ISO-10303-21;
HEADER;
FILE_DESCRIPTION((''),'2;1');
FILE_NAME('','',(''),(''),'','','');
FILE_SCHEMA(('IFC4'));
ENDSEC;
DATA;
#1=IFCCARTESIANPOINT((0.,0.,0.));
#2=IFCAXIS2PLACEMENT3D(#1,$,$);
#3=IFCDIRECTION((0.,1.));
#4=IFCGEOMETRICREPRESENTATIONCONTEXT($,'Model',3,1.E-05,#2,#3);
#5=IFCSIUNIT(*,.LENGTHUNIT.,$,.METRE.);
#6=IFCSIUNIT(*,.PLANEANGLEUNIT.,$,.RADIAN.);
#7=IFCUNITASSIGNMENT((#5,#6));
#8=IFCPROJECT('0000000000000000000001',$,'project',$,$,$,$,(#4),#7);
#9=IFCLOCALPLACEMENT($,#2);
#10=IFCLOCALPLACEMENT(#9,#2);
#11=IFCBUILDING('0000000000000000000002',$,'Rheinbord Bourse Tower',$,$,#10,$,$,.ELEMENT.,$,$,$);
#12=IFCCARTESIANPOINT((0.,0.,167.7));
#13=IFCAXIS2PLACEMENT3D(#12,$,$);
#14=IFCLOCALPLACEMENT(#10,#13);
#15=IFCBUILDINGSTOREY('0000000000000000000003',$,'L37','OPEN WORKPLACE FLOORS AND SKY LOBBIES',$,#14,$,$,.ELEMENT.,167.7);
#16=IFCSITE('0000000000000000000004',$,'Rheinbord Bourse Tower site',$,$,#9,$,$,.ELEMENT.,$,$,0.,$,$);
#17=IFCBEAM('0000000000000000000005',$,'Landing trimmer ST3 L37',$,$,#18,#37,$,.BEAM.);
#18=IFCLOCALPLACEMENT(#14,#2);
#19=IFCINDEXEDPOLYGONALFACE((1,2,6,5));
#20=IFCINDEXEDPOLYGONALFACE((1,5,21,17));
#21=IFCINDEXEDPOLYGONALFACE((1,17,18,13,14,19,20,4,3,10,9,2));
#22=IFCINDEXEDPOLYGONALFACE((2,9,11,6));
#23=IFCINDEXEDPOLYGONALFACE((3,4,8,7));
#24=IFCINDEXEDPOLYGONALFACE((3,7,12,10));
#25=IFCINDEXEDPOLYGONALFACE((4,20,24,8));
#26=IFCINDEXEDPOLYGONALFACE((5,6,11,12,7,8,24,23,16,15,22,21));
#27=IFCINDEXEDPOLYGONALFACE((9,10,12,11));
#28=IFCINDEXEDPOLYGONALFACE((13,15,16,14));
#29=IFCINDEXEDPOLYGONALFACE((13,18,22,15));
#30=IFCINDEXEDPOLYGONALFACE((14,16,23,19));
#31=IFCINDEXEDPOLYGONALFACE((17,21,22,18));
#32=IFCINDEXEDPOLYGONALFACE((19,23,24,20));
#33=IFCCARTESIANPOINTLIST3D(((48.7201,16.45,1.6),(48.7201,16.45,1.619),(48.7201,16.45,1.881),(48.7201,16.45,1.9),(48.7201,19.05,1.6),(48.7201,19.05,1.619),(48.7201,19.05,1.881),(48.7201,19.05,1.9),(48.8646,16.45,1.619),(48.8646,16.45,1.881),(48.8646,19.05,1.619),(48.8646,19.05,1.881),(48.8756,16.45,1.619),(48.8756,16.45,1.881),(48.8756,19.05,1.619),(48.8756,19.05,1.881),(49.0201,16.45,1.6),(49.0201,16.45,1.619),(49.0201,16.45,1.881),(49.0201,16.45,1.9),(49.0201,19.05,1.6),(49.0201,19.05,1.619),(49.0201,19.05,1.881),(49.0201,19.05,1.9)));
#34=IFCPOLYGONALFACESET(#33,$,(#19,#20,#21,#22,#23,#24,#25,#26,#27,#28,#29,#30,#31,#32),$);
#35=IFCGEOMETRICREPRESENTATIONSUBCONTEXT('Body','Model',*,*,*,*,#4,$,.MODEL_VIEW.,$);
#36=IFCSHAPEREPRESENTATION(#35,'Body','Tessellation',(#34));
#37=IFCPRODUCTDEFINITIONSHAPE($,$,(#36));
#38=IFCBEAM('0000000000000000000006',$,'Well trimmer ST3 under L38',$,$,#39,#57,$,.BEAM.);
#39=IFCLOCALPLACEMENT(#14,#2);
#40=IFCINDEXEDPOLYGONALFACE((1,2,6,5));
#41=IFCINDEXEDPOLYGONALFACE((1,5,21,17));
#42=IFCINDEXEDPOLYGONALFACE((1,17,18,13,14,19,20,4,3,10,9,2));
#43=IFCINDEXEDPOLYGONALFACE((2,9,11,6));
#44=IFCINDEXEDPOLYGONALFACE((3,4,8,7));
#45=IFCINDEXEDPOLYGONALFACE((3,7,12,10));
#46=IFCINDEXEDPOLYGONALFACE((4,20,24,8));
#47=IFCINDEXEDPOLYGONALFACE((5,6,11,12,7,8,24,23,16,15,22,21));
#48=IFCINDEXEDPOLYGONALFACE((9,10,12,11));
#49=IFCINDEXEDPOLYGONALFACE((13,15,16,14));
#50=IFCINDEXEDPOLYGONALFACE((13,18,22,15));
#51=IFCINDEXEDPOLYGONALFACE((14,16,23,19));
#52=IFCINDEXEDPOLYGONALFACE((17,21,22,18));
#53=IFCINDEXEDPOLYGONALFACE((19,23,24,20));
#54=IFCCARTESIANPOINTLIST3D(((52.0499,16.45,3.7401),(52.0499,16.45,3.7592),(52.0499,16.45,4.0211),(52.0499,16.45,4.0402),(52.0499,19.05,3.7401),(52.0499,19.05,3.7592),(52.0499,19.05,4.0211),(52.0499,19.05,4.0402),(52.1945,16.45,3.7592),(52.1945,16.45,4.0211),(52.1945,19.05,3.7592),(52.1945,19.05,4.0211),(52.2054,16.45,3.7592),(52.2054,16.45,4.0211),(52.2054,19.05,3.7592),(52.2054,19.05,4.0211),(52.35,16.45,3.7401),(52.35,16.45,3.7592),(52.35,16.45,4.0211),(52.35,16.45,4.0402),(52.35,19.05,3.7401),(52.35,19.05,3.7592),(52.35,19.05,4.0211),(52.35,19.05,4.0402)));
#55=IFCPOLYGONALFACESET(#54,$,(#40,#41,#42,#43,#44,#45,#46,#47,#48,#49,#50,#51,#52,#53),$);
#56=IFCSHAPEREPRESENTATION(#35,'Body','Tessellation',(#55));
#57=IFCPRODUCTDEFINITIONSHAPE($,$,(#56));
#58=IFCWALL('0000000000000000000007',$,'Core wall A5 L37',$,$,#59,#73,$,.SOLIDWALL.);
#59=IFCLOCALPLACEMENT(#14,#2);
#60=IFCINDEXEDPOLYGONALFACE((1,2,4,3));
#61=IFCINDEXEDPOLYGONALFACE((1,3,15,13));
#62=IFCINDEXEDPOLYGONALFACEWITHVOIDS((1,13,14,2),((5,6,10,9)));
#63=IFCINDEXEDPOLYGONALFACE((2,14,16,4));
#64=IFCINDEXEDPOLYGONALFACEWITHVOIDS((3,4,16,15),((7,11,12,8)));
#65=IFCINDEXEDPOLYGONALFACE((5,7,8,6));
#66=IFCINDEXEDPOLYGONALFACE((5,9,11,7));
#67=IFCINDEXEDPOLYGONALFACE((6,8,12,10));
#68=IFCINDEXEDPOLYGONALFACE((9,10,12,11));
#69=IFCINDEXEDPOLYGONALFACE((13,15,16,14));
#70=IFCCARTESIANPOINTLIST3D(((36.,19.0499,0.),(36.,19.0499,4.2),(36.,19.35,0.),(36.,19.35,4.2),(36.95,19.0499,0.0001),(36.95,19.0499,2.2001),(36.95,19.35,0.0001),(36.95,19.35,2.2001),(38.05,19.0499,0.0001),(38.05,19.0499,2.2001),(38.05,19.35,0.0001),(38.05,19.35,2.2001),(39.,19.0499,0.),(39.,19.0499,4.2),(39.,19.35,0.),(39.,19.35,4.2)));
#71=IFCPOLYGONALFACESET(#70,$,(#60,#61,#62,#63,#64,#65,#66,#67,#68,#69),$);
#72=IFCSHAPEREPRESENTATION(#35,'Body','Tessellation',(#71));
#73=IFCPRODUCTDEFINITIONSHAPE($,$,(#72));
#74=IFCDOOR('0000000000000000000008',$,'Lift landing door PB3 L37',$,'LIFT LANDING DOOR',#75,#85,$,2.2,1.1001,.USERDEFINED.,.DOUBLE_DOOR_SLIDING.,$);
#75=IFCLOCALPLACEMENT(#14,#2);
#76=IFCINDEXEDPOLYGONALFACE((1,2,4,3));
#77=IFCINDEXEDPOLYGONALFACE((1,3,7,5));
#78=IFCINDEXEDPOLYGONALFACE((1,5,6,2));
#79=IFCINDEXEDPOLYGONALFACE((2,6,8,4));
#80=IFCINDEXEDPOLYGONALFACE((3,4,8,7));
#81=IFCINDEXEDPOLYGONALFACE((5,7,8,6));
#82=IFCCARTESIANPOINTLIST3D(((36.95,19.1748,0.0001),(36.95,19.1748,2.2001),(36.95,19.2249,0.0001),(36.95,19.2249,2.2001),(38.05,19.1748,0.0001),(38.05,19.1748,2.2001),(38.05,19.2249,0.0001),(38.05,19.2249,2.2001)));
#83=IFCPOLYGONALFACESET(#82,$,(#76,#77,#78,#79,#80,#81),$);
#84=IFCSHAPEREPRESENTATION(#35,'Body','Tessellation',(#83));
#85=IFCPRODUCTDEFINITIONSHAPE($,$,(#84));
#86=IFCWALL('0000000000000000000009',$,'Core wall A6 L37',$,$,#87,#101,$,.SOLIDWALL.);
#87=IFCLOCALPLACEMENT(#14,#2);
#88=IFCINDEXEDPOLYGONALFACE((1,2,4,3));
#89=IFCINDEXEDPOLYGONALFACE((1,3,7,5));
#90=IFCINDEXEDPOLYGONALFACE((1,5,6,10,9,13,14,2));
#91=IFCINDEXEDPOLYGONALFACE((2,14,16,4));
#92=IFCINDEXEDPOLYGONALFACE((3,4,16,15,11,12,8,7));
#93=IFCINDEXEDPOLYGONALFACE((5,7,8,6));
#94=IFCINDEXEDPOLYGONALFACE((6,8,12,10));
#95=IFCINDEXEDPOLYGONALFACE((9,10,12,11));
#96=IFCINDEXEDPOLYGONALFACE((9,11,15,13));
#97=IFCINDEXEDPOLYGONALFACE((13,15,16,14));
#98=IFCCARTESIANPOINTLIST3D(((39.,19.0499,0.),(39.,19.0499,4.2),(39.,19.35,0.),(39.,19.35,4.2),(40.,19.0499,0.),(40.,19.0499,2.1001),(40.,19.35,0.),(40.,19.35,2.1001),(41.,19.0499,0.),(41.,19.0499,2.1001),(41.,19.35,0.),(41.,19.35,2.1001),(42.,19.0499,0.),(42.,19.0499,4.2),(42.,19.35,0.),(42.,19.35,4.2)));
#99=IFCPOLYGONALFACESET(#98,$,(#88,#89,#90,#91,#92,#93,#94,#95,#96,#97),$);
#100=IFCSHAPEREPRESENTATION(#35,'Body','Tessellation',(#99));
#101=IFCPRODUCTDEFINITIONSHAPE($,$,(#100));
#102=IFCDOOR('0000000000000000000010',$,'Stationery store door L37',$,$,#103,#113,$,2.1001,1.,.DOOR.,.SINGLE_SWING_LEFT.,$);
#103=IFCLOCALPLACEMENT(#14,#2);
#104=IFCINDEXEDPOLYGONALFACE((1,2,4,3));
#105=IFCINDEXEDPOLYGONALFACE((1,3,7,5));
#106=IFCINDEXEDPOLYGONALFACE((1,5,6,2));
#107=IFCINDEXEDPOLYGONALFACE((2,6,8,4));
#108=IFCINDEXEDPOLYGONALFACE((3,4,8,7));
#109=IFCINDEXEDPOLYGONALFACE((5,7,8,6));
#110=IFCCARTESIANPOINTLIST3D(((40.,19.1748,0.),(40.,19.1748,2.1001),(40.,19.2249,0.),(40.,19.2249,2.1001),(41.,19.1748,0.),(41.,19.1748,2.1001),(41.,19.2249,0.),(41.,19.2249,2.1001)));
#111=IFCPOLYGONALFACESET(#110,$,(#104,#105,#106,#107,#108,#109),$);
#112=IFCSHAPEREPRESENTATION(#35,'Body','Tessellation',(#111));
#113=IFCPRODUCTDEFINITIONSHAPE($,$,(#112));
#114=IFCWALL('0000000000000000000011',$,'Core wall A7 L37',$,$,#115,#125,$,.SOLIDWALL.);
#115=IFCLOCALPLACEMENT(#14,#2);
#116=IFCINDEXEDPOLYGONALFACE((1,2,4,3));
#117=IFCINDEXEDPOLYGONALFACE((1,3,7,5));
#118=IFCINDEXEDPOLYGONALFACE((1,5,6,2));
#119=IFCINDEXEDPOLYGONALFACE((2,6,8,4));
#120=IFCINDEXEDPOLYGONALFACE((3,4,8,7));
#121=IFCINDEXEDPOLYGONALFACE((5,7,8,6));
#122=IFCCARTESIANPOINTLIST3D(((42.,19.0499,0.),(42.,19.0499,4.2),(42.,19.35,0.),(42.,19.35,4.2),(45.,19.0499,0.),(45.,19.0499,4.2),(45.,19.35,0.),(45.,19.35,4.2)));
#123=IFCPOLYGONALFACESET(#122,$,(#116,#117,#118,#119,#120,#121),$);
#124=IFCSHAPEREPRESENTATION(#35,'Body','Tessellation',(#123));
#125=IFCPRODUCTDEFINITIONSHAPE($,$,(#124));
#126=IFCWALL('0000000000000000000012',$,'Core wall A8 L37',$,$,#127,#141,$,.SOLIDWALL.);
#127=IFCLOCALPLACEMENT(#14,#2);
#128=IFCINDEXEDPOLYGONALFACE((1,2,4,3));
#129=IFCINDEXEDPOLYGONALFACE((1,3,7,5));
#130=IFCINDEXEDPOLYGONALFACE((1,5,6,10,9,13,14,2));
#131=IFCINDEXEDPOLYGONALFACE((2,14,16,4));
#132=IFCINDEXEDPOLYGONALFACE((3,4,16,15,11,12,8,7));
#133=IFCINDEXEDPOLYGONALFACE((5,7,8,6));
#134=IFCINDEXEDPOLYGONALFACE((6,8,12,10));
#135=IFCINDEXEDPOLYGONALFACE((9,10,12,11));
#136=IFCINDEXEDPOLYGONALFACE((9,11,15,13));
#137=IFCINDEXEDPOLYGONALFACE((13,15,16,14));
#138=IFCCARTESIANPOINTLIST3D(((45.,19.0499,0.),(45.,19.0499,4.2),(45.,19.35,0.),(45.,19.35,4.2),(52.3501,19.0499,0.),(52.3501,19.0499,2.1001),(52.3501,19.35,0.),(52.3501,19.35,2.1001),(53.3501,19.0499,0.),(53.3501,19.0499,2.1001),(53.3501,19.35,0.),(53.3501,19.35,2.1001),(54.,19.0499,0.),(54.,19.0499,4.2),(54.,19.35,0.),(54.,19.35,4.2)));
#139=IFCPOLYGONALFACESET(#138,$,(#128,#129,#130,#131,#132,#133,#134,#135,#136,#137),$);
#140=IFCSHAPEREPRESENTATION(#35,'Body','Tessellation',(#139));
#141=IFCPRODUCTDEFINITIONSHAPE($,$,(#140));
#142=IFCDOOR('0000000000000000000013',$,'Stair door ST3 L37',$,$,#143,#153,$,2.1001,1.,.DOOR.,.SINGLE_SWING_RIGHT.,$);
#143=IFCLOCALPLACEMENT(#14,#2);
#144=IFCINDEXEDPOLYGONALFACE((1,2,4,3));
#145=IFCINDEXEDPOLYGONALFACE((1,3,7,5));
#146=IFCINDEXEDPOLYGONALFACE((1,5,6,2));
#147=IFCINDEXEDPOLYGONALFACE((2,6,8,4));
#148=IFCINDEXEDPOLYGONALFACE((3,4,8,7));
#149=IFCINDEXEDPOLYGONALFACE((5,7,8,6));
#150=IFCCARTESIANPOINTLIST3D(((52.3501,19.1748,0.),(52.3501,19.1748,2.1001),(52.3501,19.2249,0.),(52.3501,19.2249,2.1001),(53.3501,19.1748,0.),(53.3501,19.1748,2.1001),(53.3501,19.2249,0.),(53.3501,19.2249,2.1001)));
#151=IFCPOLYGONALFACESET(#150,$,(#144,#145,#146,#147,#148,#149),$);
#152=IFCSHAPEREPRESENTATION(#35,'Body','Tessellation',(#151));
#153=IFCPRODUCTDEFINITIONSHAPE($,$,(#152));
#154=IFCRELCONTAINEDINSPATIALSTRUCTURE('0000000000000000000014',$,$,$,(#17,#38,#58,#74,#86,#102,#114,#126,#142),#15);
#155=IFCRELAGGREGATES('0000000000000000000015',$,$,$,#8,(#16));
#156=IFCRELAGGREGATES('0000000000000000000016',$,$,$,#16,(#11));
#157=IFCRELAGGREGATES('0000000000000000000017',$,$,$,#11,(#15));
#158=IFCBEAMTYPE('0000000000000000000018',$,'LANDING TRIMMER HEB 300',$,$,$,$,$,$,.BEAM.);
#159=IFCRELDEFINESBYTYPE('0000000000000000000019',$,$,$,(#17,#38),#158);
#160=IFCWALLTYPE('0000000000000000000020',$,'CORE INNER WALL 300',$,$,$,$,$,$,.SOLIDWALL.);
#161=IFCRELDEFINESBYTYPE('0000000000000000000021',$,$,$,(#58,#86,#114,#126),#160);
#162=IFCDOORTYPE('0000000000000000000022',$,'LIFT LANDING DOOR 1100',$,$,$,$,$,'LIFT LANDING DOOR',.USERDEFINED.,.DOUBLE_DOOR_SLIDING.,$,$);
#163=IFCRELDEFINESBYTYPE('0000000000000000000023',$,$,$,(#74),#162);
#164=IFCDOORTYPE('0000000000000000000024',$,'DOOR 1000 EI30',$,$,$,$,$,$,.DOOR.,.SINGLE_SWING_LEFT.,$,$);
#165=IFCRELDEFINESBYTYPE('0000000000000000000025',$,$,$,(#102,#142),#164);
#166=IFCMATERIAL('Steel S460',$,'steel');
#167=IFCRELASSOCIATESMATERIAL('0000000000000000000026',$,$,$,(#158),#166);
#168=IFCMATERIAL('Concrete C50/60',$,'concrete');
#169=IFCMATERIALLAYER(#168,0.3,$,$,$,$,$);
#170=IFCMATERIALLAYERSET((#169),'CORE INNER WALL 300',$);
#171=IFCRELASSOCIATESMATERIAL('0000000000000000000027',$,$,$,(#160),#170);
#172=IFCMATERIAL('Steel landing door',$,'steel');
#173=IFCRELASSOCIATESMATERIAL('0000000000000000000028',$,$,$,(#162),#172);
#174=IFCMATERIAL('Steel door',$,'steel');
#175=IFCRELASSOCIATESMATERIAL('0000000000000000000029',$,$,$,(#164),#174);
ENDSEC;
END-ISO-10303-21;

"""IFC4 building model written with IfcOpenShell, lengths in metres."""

from ifc_helpers import new_model, si_unit, direction, frame, frame_2d, origin, origin_2d, place, context, subcontext, project, spatial, rectangle, i_section, extrude, material, layer, layer_set, material_profile, profile_set, type_object, element, fill, save


model = new_model("IFC4")

# Units and contexts
model_context = context("Model", 3, precision=1e-05, world=origin(), true_north=direction((0.0, 1.0)))
body_context = subcontext(model_context, "Body", "Model", "MODEL_VIEW")
ifc_project = project(units=[si_unit("LENGTHUNIT", "METRE"), si_unit("PLANEANGLEUNIT", "RADIAN")], contexts=[model_context])

# Site, building, storey
site_placement = place(None, origin())
site = spatial("IfcSite", under=ifc_project, at=site_placement, Name="Rheinbord Bourse Tower site", CompositionType="ELEMENT", RefElevation=0.0)
building_placement = place(site_placement, origin())
building = spatial("IfcBuilding", under=site, at=building_placement, Name="Rheinbord Bourse Tower", CompositionType="ELEMENT")
storey_placement = place(building_placement, frame((0.0, 0.0, 167.7)))
storey = spatial("IfcBuildingStorey", under=building, at=storey_placement, Name="L37", Description="OPEN WORKPLACE FLOORS AND SKY LOBBIES", CompositionType="ELEMENT", Elevation=167.7)

# Beams
ifc_material_1 = material(Name="Steel S460", Category="steel")
ifc_material_profile = material_profile(ifc_material_1, i_section(OverallWidth=0.3, OverallDepth=0.3, WebThickness=0.011, FlangeThickness=0.019, at=origin_2d()), Name="HEB 300")
ifc_profile_set = profile_set([ifc_material_profile], Name="Steel S460")
beam_type = type_object("IfcBeamType", Name="LANDING TRIMMER HEB 300", PredefinedType="BEAM", material=ifc_profile_set)
for number, where, z_axis, x_axis, name in (
    (1, (48.8701, 16.45, 1.75), (0.0, 1.0, 0.0), (-1.0, 0.0, 0.0), "Landing trimmer ST3 L37"),
    (2, (52.2, 16.45, 3.8901), (0.0, 1.0, 0.0), (-1.0, 0.0, 0.0), "Well trimmer ST3 under L38"),
):
    element("IfcBeam", number, at=place(storey_placement, frame(where, z_axis=z_axis, x_axis=x_axis)), inside=storey, type_object=beam_type, Name=name, PredefinedType="BEAM", context=body_context, shape_type="SweptSolid", body=[
        extrude(i_section(OverallWidth=0.3, OverallDepth=0.3, WebThickness=0.011, FlangeThickness=0.019, at=origin_2d()), origin(), (0.0, 0.0, 1.0), 2.6001),
    ])

# Walls, openings, doors
ifc_material_2 = material(Name="Concrete C50/60", Category="concrete")
ifc_layer_1 = layer(ifc_material_2, 0.3)
ifc_layer_set_1 = layer_set([ifc_layer_1], Name="CORE INNER WALL 300")
wall_type_1 = type_object("IfcWallType", Name="CORE INNER WALL 300", PredefinedType="SOLIDWALL", material=ifc_layer_set_1)
wall_1_placement = place(storey_placement, frame((36.0, 19.2, 0.0), z_axis=(0.0, 0.0, 1.0), x_axis=(1.0, 0.0, 0.0)))
wall_1 = element("IfcWall", 3, at=wall_1_placement, inside=storey, type_object=wall_type_1, Name="Core wall A5 L37", PredefinedType="SOLIDWALL", context=body_context, shape_type="SweptSolid", body=[
    extrude(rectangle(XDim=3.0, YDim=0.3, at=frame_2d((1.5, 0.0))), origin(), (0.0, 0.0, 1.0), 4.2),
])
opening_1_placement = place(wall_1_placement, frame((0.95, 0.0, 0.0)))
opening_1 = element("IfcOpeningElement", 4, at=opening_1_placement, cuts=wall_1, PredefinedType="OPENING", context=body_context, shape_type="SweptSolid", body=[
    extrude(rectangle(XDim=1.1001, YDim=2.2, at=frame_2d((0.55, 1.1001))), frame((0.0, 0.1599, 0.0), z_axis=(0.0, -1.0, 0.0), x_axis=(1.0, 0.0, 0.0)), (0.0, 0.0, 1.0), 0.3201),
])
ifc_material_3 = material(Name="Steel landing door", Category="steel")
door_type_1 = type_object("IfcDoorType", Name="LIFT LANDING DOOR 1100", ElementType="LIFT LANDING DOOR", OperationType="DOUBLE_DOOR_SLIDING", PredefinedType="USERDEFINED", material=ifc_material_3)
door_1_placement = place(opening_1_placement, origin())
door_1 = element("IfcDoor", 5, at=door_1_placement, inside=storey, type_object=door_type_1, Name="Lift landing door PB3 L37", ObjectType="LIFT LANDING DOOR", OperationType="DOUBLE_DOOR_SLIDING", OverallHeight=2.2, OverallWidth=1.1001, PredefinedType="USERDEFINED", context=body_context, shape_type="SweptSolid", body=[
    extrude(rectangle(XDim=1.1001, YDim=2.2, at=frame_2d((0.55, 1.1001))), frame((0.0, 0.0249, 0.0), z_axis=(0.0, -1.0, 0.0), x_axis=(1.0, 0.0, 0.0)), (0.0, 0.0, 1.0), 0.05),
])
fill(opening_1, door_1)
wall_2_placement = place(storey_placement, frame((39.0, 19.2, 0.0), z_axis=(0.0, 0.0, 1.0), x_axis=(1.0, 0.0, 0.0)))
wall_2 = element("IfcWall", 6, at=wall_2_placement, inside=storey, type_object=wall_type_1, Name="Core wall A6 L37", PredefinedType="SOLIDWALL", context=body_context, shape_type="SweptSolid", body=[
    extrude(rectangle(XDim=3.0, YDim=0.3, at=frame_2d((1.5, 0.0))), origin(), (0.0, 0.0, 1.0), 4.2),
])
opening_2_placement = place(wall_2_placement, frame((1.0, 0.0, 0.0)))
opening_2 = element("IfcOpeningElement", 7, at=opening_2_placement, cuts=wall_2, PredefinedType="OPENING", context=body_context, shape_type="SweptSolid", body=[
    extrude(rectangle(XDim=1.0, YDim=2.1001, at=frame_2d((0.5, 1.05))), frame((0.0, 0.1599, 0.0), z_axis=(0.0, -1.0, 0.0), x_axis=(1.0, 0.0, 0.0)), (0.0, 0.0, 1.0), 0.3201),
])
ifc_material_4 = material(Name="Steel door", Category="steel")
door_type_2 = type_object("IfcDoorType", Name="DOOR 1000 EI30", OperationType="SINGLE_SWING_LEFT", PredefinedType="DOOR", material=ifc_material_4)
door_2_placement = place(opening_2_placement, origin())
door_2 = element("IfcDoor", 8, at=door_2_placement, inside=storey, type_object=door_type_2, Name="Stationery store door L37", OperationType="SINGLE_SWING_LEFT", OverallHeight=2.1001, OverallWidth=1.0, PredefinedType="DOOR", context=body_context, shape_type="SweptSolid", body=[
    extrude(rectangle(XDim=1.0, YDim=2.1001, at=frame_2d((0.5, 1.05))), frame((0.0, 0.0249, 0.0), z_axis=(0.0, -1.0, 0.0), x_axis=(1.0, 0.0, 0.0)), (0.0, 0.0, 1.0), 0.05),
])
fill(opening_2, door_2)

# Wall
wall_3_placement = place(storey_placement, frame((42.0, 19.2, 0.0), z_axis=(0.0, 0.0, 1.0), x_axis=(1.0, 0.0, 0.0)))
element("IfcWall", 9, at=wall_3_placement, inside=storey, type_object=wall_type_1, Name="Core wall A7 L37", PredefinedType="SOLIDWALL", context=body_context, shape_type="SweptSolid", body=[
    extrude(rectangle(XDim=3.0, YDim=0.3, at=frame_2d((1.5, 0.0))), origin(), (0.0, 0.0, 1.0), 4.2),
])

# Wall, opening, door
wall_4_placement = place(storey_placement, frame((45.0, 19.2, 0.0), z_axis=(0.0, 0.0, 1.0), x_axis=(1.0, 0.0, 0.0)))
wall_4 = element("IfcWall", 10, at=wall_4_placement, inside=storey, type_object=wall_type_1, Name="Core wall A8 L37", PredefinedType="SOLIDWALL", context=body_context, shape_type="SweptSolid", body=[
    extrude(rectangle(XDim=9.0, YDim=0.3, at=frame_2d((4.5, 0.0))), origin(), (0.0, 0.0, 1.0), 4.2),
])
opening_3_placement = place(wall_4_placement, frame((7.3501, 0.0, 0.0)))
opening_3 = element("IfcOpeningElement", 11, at=opening_3_placement, cuts=wall_4, PredefinedType="OPENING", context=body_context, shape_type="SweptSolid", body=[
    extrude(rectangle(XDim=1.0, YDim=2.1001, at=frame_2d((0.5, 1.05))), frame((0.0, 0.1599, 0.0), z_axis=(0.0, -1.0, 0.0), x_axis=(1.0, 0.0, 0.0)), (0.0, 0.0, 1.0), 0.3201),
])
door_3_placement = place(opening_3_placement, origin())
door_3 = element("IfcDoor", 12, at=door_3_placement, inside=storey, type_object=door_type_2, Name="Stair door ST3 L37", OperationType="SINGLE_SWING_RIGHT", OverallHeight=2.1001, OverallWidth=1.0, PredefinedType="DOOR", context=body_context, shape_type="SweptSolid", body=[
    extrude(rectangle(XDim=1.0, YDim=2.1001, at=frame_2d((0.5, 1.05))), frame((0.0, 0.0249, 0.0), z_axis=(0.0, -1.0, 0.0), x_axis=(1.0, 0.0, 0.0)), (0.0, 0.0, 1.0), 0.05),
])
fill(opening_3, door_3)

save(model, "model.ifc")
